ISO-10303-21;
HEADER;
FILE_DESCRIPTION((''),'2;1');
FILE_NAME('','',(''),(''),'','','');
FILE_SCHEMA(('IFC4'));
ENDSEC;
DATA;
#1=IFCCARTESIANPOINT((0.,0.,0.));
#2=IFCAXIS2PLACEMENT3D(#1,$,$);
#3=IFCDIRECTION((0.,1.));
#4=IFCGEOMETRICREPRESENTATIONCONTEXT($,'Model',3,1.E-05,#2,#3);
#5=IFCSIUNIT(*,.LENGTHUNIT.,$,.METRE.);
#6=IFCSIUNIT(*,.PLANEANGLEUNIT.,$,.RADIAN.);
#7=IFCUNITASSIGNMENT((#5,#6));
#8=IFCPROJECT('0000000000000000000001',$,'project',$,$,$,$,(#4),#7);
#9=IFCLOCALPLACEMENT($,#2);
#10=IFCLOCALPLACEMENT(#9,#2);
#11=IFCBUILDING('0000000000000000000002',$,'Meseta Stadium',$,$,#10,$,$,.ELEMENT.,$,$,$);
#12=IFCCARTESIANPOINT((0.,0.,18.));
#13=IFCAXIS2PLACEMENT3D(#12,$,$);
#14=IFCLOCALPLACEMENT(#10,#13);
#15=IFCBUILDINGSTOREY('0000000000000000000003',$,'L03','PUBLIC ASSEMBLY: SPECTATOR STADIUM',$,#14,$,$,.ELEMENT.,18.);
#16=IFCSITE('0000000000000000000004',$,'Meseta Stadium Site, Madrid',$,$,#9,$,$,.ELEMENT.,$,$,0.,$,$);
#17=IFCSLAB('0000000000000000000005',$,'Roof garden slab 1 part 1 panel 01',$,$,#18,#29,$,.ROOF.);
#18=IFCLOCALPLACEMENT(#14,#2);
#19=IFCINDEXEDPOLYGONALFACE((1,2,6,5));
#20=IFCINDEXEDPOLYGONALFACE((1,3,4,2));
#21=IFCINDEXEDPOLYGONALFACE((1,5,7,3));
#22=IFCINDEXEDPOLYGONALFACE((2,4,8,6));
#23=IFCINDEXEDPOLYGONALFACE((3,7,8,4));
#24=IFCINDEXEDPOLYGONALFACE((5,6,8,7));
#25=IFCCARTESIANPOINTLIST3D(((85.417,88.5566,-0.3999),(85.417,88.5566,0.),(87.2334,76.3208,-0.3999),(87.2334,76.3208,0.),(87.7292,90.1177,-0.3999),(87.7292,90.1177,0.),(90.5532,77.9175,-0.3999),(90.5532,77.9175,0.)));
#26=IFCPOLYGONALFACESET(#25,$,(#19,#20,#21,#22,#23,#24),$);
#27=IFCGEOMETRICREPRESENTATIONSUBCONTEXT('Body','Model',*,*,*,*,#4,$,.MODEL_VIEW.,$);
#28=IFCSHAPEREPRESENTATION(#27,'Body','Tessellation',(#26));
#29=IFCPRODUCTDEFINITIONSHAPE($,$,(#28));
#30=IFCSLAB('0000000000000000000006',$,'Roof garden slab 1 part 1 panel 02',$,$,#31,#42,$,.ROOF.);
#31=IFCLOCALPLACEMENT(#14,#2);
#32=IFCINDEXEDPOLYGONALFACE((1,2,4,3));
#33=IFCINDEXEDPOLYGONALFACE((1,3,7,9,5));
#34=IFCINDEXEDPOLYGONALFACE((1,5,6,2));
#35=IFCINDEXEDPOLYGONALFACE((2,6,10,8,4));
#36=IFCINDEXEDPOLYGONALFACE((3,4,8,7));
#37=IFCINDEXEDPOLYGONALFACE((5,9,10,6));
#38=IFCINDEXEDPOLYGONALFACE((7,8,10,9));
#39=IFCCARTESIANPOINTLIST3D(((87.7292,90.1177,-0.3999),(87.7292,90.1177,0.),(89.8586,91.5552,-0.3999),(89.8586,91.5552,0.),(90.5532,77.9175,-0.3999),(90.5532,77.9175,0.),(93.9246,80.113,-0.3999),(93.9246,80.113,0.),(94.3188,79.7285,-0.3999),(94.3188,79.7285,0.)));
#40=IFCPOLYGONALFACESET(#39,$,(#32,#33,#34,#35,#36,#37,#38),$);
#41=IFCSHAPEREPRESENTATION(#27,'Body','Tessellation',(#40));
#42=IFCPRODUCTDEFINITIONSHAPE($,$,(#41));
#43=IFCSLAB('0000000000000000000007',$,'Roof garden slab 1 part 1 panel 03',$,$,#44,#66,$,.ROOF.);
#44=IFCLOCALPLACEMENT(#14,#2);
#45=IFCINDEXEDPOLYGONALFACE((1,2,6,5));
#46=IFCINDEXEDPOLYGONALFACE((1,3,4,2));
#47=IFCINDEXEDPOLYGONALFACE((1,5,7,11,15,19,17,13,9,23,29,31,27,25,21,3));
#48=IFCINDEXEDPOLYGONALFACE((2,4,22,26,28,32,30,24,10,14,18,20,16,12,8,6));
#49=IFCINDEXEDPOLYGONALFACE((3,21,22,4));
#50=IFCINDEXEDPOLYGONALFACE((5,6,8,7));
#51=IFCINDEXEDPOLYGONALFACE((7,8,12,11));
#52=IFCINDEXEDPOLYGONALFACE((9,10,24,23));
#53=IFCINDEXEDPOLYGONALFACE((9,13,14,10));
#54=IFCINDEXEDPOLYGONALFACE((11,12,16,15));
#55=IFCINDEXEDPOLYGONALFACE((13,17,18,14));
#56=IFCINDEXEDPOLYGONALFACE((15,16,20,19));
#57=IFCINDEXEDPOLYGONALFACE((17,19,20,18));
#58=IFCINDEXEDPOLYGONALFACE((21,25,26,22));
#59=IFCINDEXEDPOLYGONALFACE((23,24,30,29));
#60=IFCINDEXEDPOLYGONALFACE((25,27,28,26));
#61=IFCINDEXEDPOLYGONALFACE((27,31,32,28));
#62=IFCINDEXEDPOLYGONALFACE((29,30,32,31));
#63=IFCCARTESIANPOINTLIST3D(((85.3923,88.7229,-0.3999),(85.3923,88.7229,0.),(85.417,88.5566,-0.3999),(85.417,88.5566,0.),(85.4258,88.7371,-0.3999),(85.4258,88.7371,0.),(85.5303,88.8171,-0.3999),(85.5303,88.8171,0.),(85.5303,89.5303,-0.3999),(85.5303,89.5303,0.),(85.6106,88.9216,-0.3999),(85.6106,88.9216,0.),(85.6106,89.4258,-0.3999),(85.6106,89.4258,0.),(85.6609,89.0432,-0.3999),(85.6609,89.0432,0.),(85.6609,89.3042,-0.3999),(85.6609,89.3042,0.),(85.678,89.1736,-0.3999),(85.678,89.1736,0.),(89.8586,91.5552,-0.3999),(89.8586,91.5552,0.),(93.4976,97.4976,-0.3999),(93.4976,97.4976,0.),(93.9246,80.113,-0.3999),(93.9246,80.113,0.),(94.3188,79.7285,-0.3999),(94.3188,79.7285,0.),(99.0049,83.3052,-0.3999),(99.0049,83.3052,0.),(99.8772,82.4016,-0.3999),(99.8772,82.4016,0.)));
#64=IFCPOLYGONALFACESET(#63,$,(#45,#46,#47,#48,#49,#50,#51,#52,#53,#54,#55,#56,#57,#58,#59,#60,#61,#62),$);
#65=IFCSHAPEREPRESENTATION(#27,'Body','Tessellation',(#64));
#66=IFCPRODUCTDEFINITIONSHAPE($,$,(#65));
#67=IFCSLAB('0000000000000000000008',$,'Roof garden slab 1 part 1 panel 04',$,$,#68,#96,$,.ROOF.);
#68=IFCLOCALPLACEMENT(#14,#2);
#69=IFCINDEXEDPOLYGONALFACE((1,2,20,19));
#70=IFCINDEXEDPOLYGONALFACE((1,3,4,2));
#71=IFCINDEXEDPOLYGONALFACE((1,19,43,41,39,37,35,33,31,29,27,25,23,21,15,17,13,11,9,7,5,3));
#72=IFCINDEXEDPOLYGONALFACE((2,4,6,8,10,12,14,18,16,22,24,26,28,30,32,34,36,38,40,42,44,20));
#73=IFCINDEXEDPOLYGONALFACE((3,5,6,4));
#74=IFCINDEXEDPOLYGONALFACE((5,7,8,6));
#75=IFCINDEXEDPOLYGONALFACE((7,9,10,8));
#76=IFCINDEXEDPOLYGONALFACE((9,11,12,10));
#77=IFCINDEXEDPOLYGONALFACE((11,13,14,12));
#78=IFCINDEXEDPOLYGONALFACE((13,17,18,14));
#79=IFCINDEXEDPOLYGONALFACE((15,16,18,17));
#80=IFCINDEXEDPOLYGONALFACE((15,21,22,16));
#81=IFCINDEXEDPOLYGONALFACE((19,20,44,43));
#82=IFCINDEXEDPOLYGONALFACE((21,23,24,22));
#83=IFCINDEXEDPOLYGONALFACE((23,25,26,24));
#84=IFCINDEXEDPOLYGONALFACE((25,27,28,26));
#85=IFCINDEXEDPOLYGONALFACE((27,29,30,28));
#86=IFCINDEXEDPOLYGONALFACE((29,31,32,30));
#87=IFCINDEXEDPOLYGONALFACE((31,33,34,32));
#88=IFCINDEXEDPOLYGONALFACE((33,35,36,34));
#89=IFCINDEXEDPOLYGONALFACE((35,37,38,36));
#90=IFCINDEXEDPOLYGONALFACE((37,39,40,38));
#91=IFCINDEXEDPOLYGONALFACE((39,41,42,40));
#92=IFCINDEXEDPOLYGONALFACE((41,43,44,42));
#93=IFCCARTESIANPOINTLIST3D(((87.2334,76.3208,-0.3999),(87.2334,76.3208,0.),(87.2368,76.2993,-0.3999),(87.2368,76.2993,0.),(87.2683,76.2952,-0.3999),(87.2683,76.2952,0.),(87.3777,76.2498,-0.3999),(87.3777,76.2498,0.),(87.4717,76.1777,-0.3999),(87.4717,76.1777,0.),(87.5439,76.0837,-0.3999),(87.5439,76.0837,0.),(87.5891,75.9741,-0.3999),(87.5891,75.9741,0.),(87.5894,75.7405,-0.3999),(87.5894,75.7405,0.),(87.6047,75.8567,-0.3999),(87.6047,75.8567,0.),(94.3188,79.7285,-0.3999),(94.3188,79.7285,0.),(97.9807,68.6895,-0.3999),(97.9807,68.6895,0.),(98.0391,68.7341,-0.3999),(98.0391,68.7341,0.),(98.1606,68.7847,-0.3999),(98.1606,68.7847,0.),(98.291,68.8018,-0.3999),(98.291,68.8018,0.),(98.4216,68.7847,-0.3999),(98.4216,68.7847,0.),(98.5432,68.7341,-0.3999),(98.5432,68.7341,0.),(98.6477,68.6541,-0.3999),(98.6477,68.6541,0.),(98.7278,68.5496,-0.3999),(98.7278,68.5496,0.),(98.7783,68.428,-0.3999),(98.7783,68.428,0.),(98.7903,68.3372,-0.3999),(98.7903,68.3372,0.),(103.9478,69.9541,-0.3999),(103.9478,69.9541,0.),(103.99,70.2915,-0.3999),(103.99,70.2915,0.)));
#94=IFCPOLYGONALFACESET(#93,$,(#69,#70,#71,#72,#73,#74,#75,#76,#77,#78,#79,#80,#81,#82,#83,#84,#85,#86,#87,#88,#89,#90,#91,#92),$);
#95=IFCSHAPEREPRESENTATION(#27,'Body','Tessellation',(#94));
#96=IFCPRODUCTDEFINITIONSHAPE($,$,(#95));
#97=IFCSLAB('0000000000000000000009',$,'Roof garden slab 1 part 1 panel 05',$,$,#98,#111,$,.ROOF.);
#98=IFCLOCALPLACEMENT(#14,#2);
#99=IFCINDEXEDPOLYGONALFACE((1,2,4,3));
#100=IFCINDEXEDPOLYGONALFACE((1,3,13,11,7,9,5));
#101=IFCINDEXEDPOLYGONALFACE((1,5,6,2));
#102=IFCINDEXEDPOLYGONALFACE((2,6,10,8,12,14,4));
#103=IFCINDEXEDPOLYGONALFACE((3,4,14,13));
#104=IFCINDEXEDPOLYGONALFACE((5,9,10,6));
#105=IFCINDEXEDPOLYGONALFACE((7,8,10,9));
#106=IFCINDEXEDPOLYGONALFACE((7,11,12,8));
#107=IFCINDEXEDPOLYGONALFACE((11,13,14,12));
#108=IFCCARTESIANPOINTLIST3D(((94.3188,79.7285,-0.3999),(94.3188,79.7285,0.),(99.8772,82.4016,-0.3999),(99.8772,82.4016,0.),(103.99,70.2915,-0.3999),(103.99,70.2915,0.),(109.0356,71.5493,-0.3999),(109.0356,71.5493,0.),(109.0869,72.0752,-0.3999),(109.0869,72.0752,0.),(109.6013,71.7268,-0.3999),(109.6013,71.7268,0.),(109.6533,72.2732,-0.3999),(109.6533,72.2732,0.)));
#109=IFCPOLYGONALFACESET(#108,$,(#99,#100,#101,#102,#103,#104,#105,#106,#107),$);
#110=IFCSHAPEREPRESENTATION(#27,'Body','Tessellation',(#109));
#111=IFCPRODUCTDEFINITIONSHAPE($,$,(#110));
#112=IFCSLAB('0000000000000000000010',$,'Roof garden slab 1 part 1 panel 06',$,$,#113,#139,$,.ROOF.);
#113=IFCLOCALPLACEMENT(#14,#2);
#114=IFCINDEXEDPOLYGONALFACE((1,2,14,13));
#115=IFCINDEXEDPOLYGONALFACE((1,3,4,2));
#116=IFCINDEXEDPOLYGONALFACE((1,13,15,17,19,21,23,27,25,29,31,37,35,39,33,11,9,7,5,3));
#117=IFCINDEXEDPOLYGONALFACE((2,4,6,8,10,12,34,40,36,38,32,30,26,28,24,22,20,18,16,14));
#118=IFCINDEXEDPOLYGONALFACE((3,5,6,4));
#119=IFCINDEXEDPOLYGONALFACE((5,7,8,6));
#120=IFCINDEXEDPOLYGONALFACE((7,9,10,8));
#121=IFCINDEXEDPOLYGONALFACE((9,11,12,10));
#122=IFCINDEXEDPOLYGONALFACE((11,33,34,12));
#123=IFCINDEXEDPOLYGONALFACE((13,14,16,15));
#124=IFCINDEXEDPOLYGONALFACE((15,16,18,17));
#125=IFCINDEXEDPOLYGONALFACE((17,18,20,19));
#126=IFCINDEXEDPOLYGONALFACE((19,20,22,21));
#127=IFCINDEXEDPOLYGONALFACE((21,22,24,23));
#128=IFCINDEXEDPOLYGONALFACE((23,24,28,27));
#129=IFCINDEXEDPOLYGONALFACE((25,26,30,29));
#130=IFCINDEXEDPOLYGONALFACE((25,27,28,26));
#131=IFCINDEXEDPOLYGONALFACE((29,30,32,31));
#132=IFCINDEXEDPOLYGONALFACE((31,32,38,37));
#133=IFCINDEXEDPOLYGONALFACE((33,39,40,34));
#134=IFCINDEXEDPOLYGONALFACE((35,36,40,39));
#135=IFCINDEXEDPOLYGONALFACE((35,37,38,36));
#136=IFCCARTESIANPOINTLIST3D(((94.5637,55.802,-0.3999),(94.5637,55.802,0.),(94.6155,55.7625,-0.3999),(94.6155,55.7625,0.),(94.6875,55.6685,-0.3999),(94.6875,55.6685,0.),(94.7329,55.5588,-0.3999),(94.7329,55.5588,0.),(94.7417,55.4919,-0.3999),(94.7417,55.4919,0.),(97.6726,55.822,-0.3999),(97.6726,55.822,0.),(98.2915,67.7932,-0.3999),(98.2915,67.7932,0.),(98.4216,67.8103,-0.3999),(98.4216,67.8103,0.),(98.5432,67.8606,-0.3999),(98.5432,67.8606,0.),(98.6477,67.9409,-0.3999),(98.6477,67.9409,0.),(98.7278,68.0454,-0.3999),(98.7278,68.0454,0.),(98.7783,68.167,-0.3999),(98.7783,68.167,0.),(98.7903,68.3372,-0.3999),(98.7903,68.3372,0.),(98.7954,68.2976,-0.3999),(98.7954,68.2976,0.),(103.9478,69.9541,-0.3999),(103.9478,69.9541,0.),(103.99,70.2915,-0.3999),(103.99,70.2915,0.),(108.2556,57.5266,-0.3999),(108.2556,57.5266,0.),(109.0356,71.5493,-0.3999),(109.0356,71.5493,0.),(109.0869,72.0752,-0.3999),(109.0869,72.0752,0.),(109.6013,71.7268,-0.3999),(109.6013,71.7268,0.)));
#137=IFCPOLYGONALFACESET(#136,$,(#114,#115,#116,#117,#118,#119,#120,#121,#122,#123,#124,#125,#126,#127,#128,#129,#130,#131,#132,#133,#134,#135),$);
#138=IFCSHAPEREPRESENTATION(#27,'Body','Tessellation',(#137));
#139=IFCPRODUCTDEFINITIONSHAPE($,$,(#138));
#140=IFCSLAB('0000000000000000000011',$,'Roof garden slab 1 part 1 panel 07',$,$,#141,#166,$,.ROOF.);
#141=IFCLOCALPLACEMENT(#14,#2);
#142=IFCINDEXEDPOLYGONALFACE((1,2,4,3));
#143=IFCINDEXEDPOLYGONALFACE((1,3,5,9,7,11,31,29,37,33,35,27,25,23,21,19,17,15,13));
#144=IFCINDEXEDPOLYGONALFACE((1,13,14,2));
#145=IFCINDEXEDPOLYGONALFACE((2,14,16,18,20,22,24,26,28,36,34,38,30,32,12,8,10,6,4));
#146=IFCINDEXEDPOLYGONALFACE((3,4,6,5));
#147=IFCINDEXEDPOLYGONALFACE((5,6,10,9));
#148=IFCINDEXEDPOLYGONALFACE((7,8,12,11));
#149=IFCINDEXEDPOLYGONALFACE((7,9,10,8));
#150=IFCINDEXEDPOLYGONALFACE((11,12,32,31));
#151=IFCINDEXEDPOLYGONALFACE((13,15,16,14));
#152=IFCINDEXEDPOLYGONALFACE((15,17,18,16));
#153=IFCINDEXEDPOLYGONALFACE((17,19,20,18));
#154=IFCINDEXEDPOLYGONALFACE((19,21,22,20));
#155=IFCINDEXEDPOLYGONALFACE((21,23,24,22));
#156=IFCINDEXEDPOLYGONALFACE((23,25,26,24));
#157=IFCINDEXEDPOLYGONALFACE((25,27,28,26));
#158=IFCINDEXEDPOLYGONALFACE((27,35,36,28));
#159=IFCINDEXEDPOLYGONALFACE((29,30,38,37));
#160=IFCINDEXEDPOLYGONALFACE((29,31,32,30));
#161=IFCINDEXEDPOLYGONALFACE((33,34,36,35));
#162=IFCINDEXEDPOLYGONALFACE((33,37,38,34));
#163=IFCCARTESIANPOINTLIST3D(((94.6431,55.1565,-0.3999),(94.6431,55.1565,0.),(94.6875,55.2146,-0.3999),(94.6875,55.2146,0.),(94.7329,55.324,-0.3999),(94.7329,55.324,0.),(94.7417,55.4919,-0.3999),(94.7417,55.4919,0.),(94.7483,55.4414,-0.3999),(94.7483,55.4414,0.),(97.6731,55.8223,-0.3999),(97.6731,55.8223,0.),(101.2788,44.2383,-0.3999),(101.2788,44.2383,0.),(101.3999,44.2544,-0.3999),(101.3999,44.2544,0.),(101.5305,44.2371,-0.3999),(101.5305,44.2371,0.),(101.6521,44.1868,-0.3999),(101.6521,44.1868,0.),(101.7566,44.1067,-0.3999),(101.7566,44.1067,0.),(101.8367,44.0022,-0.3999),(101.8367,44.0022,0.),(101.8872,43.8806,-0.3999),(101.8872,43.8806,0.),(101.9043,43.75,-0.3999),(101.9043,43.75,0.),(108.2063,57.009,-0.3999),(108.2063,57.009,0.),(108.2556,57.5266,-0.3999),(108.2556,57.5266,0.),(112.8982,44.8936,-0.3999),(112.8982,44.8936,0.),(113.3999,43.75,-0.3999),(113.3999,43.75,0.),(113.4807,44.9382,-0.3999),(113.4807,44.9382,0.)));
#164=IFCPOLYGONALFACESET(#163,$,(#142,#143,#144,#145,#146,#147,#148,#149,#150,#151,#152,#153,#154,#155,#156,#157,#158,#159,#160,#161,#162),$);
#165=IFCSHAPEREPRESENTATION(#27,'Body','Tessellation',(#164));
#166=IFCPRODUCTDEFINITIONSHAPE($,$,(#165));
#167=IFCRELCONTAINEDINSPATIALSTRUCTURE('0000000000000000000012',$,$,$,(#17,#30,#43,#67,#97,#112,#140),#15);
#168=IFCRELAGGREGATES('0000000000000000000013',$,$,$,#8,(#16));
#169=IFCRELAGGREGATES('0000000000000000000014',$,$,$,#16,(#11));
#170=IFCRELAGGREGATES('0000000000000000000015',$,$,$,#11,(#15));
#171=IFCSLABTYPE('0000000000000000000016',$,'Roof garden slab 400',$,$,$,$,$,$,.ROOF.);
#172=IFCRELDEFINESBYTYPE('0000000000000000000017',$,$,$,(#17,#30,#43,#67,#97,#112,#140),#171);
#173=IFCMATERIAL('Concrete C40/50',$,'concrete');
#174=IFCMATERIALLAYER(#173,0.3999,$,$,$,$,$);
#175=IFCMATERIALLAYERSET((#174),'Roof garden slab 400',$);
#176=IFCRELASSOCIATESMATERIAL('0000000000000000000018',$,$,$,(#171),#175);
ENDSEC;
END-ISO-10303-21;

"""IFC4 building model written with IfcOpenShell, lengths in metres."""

from ifc_helpers import new_model, si_unit, direction, frame, origin, place, context, subcontext, project, spatial, polyline, outline, extrude, material, layer, layer_set, type_object, element, save


model = new_model("IFC4")

# Units and contexts
model_context = context("Model", 3, precision=1e-05, world=origin(), true_north=direction((0.0, 1.0)))
body_context = subcontext(model_context, "Body", "Model", "MODEL_VIEW")
ifc_project = project(units=[si_unit("LENGTHUNIT", "METRE"), si_unit("PLANEANGLEUNIT", "RADIAN")], contexts=[model_context])

# Site, building, storey
site_placement = place(None, origin())
site = spatial("IfcSite", under=ifc_project, at=site_placement, Name="Meseta Stadium Site, Madrid", CompositionType="ELEMENT", RefElevation=0.0)
building_placement = place(site_placement, origin())
building = spatial("IfcBuilding", under=site, at=building_placement, Name="Meseta Stadium", CompositionType="ELEMENT")
storey_placement = place(building_placement, frame((0.0, 0.0, 18.0)))
storey = spatial("IfcBuildingStorey", under=building, at=storey_placement, Name="L03", Description="PUBLIC ASSEMBLY: SPECTATOR STADIUM", CompositionType="ELEMENT", Elevation=18.0)

# Slabs
ifc_material = material(Name="Concrete C40/50", Category="concrete")
ifc_layer = layer(ifc_material, 0.3999)
ifc_layer_set = layer_set([ifc_layer], Name="Roof garden slab 400")
slab_type = type_object("IfcSlabType", Name="Roof garden slab 400", PredefinedType="ROOF", material=ifc_layer_set)
slab_1_placement = place(storey_placement, frame((0.0, 0.0, -0.3999)))
element("IfcSlab", 1, at=slab_1_placement, inside=storey, type_object=slab_type, Name="Roof garden slab 1 part 1 panel 01", PredefinedType="ROOF", context=body_context, shape_type="SweptSolid", body=[
    extrude(outline(polyline([(90.5532, 77.9175), (87.7292, 90.1177), (85.417, 88.5566), (87.2334, 76.3208), (90.5532, 77.9175)])), origin(), (0.0, 0.0, 1.0), 0.3999),
])
slab_2_placement = place(storey_placement, frame((0.0, 0.0, -0.3999)))
element("IfcSlab", 2, at=slab_2_placement, inside=storey, type_object=slab_type, Name="Roof garden slab 1 part 1 panel 02", PredefinedType="ROOF", context=body_context, shape_type="SweptSolid", body=[
    extrude(outline(polyline([(87.7292, 90.1177), (90.5532, 77.9175), (94.3188, 79.7285), (93.9246, 80.113), (89.8586, 91.5552), (87.7292, 90.1177)])), origin(), (0.0, 0.0, 1.0), 0.3999),
])
slab_3_placement = place(storey_placement, frame((0.0, 0.0, -0.3999)))
element("IfcSlab", 3, at=slab_3_placement, inside=storey, type_object=slab_type, Name="Roof garden slab 1 part 1 panel 03", PredefinedType="ROOF", context=body_context, shape_type="SweptSolid", body=[
    extrude(outline(polyline([(99.0049, 83.3052), (93.4976, 97.4976), (85.5303, 89.5303), (85.6106, 89.4258), (85.6609, 89.3042), (85.678, 89.1736), (85.6609, 89.0432), (85.6106, 88.9216), (85.5303, 88.8171), (85.4258, 88.7371), (85.3923, 88.7229), (85.417, 88.5566), (89.8586, 91.5552), (93.9246, 80.113), (94.3188, 79.7285), (99.8772, 82.4016), (99.0049, 83.3052)])), origin(), (0.0, 0.0, 1.0), 0.3999),
])
slab_4_placement = place(storey_placement, frame((0.0, 0.0, -0.3999)))
element("IfcSlab", 4, at=slab_4_placement, inside=storey, type_object=slab_type, Name="Roof garden slab 1 part 1 panel 04", PredefinedType="ROOF", context=body_context, shape_type="SweptSolid", body=[
    extrude(outline(polyline([(98.7278, 68.5496), (98.7783, 68.428), (98.7903, 68.3372), (103.9478, 69.9541), (103.99, 70.2915), (94.3188, 79.7285), (87.2334, 76.3208), (87.2368, 76.2993), (87.2683, 76.2952), (87.3777, 76.2498), (87.4717, 76.1777), (87.5439, 76.0837), (87.5891, 75.9741), (87.6047, 75.8567), (87.5894, 75.7405), (97.9807, 68.6895), (98.0391, 68.7341), (98.1606, 68.7847), (98.291, 68.8018), (98.4216, 68.7847), (98.5432, 68.7341), (98.6477, 68.6541), (98.7278, 68.5496)])), origin(), (0.0, 0.0, 1.0), 0.3999),
])
slab_5_placement = place(storey_placement, frame((0.0, 0.0, -0.3999)))
element("IfcSlab", 5, at=slab_5_placement, inside=storey, type_object=slab_type, Name="Roof garden slab 1 part 1 panel 05", PredefinedType="ROOF", context=body_context, shape_type="SweptSolid", body=[
    extrude(outline(polyline([(99.8772, 82.4016), (94.3188, 79.7285), (103.99, 70.2915), (109.0869, 72.0752), (109.0356, 71.5493), (109.6013, 71.7268), (109.6533, 72.2732), (99.8772, 82.4016)])), origin(), (0.0, 0.0, 1.0), 0.3999),
])
slab_6_placement = place(storey_placement, frame((0.0, 0.0, -0.3999)))
element("IfcSlab", 6, at=slab_6_placement, inside=storey, type_object=slab_type, Name="Roof garden slab 1 part 1 panel 06", PredefinedType="ROOF", context=body_context, shape_type="SweptSolid", body=[
    extrude(outline(polyline([(98.7783, 68.167), (98.7278, 68.0454), (98.6477, 67.9409), (98.5432, 67.8606), (98.4216, 67.8103), (98.2915, 67.7932), (94.5637, 55.802), (94.6155, 55.7625), (94.6875, 55.6685), (94.7329, 55.5588), (94.7417, 55.4919), (97.6726, 55.822), (108.2556, 57.5266), (109.6013, 71.7268), (109.0356, 71.5493), (109.0869, 72.0752), (103.99, 70.2915), (103.9478, 69.9541), (98.7903, 68.3372), (98.7954, 68.2976), (98.7783, 68.167)])), origin(), (0.0, 0.0, 1.0), 0.3999),
])
slab_7_placement = place(storey_placement, frame((0.0, 0.0, -0.3999)))
element("IfcSlab", 7, at=slab_7_placement, inside=storey, type_object=slab_type, Name="Roof garden slab 1 part 1 panel 07", PredefinedType="ROOF", context=body_context, shape_type="SweptSolid", body=[
    extrude(outline(polyline([(108.2556, 57.5266), (97.6731, 55.8223), (94.7417, 55.4919), (94.7483, 55.4414), (94.7329, 55.324), (94.6875, 55.2146), (94.6431, 55.1565), (101.2788, 44.2383), (101.3999, 44.2544), (101.5305, 44.2371), (101.6521, 44.1868), (101.7566, 44.1067), (101.8367, 44.0022), (101.8872, 43.8806), (101.9043, 43.75), (113.3999, 43.75), (112.8982, 44.8936), (113.4807, 44.9382), (108.2063, 57.009), (108.2556, 57.5266)])), origin(), (0.0, 0.0, 1.0), 0.3999),
])

save(model, "model.ifc")
